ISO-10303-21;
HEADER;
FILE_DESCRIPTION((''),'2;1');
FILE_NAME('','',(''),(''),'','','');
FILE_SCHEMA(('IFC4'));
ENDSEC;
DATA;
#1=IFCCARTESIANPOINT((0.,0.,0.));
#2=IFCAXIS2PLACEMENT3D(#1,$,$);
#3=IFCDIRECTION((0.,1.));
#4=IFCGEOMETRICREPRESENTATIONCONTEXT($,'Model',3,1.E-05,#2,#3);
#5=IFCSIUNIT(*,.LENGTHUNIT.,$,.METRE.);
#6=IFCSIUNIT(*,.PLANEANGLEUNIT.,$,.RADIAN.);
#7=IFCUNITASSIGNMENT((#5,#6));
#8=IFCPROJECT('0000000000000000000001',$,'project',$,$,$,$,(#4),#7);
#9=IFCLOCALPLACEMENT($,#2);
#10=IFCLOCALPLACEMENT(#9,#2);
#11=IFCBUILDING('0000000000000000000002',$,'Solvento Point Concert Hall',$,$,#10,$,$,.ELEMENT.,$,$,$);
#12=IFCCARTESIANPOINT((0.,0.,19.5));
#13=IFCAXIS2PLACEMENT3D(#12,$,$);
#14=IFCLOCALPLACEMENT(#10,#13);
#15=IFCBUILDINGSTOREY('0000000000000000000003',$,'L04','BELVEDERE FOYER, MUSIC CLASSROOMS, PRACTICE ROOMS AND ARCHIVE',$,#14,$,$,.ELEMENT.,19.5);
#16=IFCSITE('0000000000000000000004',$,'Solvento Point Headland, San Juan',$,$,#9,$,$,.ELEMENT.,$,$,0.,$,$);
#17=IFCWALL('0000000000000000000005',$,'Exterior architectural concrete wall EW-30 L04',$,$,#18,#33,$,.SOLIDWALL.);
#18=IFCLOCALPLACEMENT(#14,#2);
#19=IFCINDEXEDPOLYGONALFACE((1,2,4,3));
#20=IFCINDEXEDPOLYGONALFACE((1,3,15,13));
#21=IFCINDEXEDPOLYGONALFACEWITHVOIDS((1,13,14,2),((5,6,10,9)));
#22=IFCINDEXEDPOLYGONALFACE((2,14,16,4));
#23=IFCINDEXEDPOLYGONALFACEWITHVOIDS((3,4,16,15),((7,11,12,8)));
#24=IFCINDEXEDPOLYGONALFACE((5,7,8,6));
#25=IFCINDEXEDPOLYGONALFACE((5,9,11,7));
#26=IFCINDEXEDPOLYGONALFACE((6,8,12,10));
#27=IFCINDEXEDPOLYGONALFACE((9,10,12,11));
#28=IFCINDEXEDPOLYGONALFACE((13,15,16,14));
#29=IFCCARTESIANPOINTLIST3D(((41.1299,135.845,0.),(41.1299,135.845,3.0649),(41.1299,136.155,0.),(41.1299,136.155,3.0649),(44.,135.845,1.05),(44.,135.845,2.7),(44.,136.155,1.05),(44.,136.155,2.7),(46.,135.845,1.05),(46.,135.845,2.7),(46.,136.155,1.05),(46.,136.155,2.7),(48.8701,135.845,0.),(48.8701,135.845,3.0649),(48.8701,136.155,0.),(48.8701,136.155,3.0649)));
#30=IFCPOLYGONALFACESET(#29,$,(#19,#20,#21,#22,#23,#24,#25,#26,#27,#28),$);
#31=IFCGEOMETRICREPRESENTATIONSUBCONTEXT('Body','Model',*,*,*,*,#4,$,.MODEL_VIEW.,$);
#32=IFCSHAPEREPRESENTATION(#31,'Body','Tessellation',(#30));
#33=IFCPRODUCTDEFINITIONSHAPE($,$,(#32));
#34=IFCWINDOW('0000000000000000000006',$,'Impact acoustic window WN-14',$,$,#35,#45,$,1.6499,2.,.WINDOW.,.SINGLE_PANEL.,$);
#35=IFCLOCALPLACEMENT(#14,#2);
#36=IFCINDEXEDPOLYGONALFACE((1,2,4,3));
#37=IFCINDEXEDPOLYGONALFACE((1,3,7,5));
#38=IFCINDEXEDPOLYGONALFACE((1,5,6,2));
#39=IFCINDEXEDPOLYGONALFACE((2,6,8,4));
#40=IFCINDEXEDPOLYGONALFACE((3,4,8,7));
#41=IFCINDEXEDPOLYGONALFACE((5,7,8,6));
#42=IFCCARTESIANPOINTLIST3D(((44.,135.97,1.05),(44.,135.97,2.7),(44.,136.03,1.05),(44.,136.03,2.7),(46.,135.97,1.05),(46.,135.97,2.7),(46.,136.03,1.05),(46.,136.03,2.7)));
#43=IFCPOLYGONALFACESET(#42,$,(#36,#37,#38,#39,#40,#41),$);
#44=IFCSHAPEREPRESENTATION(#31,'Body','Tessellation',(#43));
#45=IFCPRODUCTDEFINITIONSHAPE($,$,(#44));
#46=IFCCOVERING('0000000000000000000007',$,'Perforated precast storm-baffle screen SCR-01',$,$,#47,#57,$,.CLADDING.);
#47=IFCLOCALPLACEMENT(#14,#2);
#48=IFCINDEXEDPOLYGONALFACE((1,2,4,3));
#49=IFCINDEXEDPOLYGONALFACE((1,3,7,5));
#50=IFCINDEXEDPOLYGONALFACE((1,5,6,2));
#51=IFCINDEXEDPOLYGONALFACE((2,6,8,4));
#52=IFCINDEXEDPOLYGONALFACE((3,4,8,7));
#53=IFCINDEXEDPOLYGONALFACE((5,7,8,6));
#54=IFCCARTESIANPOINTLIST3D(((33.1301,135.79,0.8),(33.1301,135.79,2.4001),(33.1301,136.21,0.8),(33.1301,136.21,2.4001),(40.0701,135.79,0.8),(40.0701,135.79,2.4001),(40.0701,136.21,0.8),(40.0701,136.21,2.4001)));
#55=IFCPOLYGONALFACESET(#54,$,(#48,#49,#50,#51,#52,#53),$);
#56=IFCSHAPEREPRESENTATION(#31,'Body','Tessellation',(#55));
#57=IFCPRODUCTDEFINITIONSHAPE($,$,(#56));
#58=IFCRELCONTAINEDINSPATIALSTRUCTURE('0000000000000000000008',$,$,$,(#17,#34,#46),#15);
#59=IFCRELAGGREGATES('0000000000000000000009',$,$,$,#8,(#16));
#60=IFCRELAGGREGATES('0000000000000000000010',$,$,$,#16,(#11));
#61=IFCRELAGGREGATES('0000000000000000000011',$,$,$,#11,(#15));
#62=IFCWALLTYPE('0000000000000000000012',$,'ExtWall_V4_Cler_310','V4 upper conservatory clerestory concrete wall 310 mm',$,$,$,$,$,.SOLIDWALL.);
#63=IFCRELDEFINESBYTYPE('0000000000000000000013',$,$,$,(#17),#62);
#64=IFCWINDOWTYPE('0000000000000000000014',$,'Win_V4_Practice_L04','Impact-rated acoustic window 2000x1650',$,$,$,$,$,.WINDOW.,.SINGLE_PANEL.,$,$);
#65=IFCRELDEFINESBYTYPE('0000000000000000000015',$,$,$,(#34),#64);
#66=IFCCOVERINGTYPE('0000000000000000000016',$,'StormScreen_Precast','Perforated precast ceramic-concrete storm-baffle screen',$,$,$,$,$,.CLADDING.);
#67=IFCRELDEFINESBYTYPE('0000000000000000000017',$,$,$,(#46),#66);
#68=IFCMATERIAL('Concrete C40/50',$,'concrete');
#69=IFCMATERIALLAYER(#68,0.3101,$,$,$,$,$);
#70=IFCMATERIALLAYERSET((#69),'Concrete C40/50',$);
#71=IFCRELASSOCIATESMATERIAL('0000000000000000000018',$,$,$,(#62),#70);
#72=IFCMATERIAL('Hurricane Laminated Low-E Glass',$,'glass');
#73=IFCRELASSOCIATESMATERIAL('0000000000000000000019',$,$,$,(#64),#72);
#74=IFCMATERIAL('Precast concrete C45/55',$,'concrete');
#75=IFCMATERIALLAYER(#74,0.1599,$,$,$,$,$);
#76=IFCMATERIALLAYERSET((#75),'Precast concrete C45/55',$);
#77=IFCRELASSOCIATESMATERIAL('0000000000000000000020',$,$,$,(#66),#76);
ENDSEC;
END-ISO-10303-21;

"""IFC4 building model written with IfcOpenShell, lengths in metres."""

from ifc_helpers import new_model, si_unit, direction, frame, frame_2d, origin, origin_2d, place, context, subcontext, project, spatial, rectangle, extrude, material, layer, layer_set, type_object, element, fill, save


model = new_model("IFC4")

# Units and contexts
model_context = context("Model", 3, precision=1e-05, world=origin(), true_north=direction((0.0, 1.0)))
body_context = subcontext(model_context, "Body", "Model", "MODEL_VIEW")
ifc_project = project(units=[si_unit("LENGTHUNIT", "METRE"), si_unit("PLANEANGLEUNIT", "RADIAN")], contexts=[model_context])

# Site, building, storey
site_placement = place(None, origin())
site = spatial("IfcSite", under=ifc_project, at=site_placement, Name="Solvento Point Headland, San Juan", CompositionType="ELEMENT", RefElevation=0.0)
building_placement = place(site_placement, origin())
building = spatial("IfcBuilding", under=site, at=building_placement, Name="Solvento Point Concert Hall", CompositionType="ELEMENT")
storey_placement = place(building_placement, frame((0.0, 0.0, 19.5)))
storey = spatial("IfcBuildingStorey", under=building, at=storey_placement, Name="L04", Description="BELVEDERE FOYER, MUSIC CLASSROOMS, PRACTICE ROOMS AND ARCHIVE", CompositionType="ELEMENT", Elevation=19.5)

# Wall, opening, window
ifc_material_1 = material(Name="Concrete C40/50", Category="concrete")
ifc_layer_1 = layer(ifc_material_1, 0.3101)
ifc_layer_set_1 = layer_set([ifc_layer_1], Name="Concrete C40/50")
wall_type_1 = type_object("IfcWallType", Name="ExtWall_V4_Cler_310", Description="V4 upper conservatory clerestory concrete wall 310 mm", PredefinedType="SOLIDWALL", material=ifc_layer_set_1)
ifc_material_2 = material(Name="Hurricane Laminated Low-E Glass", Category="glass")
window_type = type_object("IfcWindowType", Name="Win_V4_Practice_L04", Description="Impact-rated acoustic window 2000x1650", PartitioningType="SINGLE_PANEL", PredefinedType="WINDOW", material=ifc_material_2)
wall_1_placement = place(storey_placement, frame((41.1299, 136.0, 0.0), z_axis=(0.0, 0.0, 1.0), x_axis=(1.0, 0.0, 0.0)))
wall_1 = element("IfcWall", 1, at=wall_1_placement, inside=storey, type_object=wall_type_1, Name="Exterior architectural concrete wall EW-30 L04", PredefinedType="SOLIDWALL", context=body_context, shape_type="SweptSolid", body=[
    extrude(rectangle(XDim=7.7402, YDim=0.3101, at=frame_2d((3.8701, 0.0))), origin(), (0.0, 0.0, 1.0), 3.0649),
])
opening_1_placement = place(wall_1_placement, frame((2.8701, 0.0, 1.05)))
opening_1 = element("IfcOpeningElement", 2, at=opening_1_placement, cuts=wall_1, PredefinedType="OPENING", context=body_context, shape_type="SweptSolid", body=[
    extrude(rectangle(XDim=2.0, YDim=1.6499, at=frame_2d((1.0, 0.825))), frame((0.0, 0.165, 0.0), z_axis=(0.0, -1.0, 0.0), x_axis=(1.0, 0.0, 0.0)), (0.0, 0.0, 1.0), 0.3301),
])
window_1_placement = place(opening_1_placement, origin())
window_1 = element("IfcWindow", 3, at=window_1_placement, inside=storey, type_object=window_type, Name="Impact acoustic window WN-14", OverallHeight=1.6499, OverallWidth=2.0, PartitioningType="SINGLE_PANEL", PredefinedType="WINDOW", context=body_context, shape_type="SweptSolid", body=[
    extrude(rectangle(XDim=2.0, YDim=1.6499, at=frame_2d((1.0, 0.825))), frame((0.0, 0.03, 0.0), z_axis=(0.0, -1.0, 0.0), x_axis=(1.0, 0.0, 0.0)), (0.0, 0.0, 1.0), 0.0601),
])
fill(opening_1, window_1)

# Covering
ifc_material_3 = material(Name="Precast concrete C45/55", Category="concrete")
ifc_layer_2 = layer(ifc_material_3, 0.1599)
ifc_layer_set_2 = layer_set([ifc_layer_2], Name="Precast concrete C45/55")
covering_type = type_object("IfcCoveringType", Name="StormScreen_Precast", Description="Perforated precast ceramic-concrete storm-baffle screen", PredefinedType="CLADDING", material=ifc_layer_set_2)
covering_placement = place(storey_placement, frame((36.6001, 136.0, 0.8), z_axis=(0.0, 0.0, 1.0), x_axis=(1.0, 0.0, 0.0)))
element("IfcCovering", 4, at=covering_placement, inside=storey, type_object=covering_type, Name="Perforated precast storm-baffle screen SCR-01", PredefinedType="CLADDING", context=body_context, shape_type="SweptSolid", body=[
    extrude(rectangle(XDim=6.9399, YDim=0.4199, at=origin_2d()), origin(), (0.0, 0.0, 1.0), 1.6001),
])

save(model, "model.ifc")
